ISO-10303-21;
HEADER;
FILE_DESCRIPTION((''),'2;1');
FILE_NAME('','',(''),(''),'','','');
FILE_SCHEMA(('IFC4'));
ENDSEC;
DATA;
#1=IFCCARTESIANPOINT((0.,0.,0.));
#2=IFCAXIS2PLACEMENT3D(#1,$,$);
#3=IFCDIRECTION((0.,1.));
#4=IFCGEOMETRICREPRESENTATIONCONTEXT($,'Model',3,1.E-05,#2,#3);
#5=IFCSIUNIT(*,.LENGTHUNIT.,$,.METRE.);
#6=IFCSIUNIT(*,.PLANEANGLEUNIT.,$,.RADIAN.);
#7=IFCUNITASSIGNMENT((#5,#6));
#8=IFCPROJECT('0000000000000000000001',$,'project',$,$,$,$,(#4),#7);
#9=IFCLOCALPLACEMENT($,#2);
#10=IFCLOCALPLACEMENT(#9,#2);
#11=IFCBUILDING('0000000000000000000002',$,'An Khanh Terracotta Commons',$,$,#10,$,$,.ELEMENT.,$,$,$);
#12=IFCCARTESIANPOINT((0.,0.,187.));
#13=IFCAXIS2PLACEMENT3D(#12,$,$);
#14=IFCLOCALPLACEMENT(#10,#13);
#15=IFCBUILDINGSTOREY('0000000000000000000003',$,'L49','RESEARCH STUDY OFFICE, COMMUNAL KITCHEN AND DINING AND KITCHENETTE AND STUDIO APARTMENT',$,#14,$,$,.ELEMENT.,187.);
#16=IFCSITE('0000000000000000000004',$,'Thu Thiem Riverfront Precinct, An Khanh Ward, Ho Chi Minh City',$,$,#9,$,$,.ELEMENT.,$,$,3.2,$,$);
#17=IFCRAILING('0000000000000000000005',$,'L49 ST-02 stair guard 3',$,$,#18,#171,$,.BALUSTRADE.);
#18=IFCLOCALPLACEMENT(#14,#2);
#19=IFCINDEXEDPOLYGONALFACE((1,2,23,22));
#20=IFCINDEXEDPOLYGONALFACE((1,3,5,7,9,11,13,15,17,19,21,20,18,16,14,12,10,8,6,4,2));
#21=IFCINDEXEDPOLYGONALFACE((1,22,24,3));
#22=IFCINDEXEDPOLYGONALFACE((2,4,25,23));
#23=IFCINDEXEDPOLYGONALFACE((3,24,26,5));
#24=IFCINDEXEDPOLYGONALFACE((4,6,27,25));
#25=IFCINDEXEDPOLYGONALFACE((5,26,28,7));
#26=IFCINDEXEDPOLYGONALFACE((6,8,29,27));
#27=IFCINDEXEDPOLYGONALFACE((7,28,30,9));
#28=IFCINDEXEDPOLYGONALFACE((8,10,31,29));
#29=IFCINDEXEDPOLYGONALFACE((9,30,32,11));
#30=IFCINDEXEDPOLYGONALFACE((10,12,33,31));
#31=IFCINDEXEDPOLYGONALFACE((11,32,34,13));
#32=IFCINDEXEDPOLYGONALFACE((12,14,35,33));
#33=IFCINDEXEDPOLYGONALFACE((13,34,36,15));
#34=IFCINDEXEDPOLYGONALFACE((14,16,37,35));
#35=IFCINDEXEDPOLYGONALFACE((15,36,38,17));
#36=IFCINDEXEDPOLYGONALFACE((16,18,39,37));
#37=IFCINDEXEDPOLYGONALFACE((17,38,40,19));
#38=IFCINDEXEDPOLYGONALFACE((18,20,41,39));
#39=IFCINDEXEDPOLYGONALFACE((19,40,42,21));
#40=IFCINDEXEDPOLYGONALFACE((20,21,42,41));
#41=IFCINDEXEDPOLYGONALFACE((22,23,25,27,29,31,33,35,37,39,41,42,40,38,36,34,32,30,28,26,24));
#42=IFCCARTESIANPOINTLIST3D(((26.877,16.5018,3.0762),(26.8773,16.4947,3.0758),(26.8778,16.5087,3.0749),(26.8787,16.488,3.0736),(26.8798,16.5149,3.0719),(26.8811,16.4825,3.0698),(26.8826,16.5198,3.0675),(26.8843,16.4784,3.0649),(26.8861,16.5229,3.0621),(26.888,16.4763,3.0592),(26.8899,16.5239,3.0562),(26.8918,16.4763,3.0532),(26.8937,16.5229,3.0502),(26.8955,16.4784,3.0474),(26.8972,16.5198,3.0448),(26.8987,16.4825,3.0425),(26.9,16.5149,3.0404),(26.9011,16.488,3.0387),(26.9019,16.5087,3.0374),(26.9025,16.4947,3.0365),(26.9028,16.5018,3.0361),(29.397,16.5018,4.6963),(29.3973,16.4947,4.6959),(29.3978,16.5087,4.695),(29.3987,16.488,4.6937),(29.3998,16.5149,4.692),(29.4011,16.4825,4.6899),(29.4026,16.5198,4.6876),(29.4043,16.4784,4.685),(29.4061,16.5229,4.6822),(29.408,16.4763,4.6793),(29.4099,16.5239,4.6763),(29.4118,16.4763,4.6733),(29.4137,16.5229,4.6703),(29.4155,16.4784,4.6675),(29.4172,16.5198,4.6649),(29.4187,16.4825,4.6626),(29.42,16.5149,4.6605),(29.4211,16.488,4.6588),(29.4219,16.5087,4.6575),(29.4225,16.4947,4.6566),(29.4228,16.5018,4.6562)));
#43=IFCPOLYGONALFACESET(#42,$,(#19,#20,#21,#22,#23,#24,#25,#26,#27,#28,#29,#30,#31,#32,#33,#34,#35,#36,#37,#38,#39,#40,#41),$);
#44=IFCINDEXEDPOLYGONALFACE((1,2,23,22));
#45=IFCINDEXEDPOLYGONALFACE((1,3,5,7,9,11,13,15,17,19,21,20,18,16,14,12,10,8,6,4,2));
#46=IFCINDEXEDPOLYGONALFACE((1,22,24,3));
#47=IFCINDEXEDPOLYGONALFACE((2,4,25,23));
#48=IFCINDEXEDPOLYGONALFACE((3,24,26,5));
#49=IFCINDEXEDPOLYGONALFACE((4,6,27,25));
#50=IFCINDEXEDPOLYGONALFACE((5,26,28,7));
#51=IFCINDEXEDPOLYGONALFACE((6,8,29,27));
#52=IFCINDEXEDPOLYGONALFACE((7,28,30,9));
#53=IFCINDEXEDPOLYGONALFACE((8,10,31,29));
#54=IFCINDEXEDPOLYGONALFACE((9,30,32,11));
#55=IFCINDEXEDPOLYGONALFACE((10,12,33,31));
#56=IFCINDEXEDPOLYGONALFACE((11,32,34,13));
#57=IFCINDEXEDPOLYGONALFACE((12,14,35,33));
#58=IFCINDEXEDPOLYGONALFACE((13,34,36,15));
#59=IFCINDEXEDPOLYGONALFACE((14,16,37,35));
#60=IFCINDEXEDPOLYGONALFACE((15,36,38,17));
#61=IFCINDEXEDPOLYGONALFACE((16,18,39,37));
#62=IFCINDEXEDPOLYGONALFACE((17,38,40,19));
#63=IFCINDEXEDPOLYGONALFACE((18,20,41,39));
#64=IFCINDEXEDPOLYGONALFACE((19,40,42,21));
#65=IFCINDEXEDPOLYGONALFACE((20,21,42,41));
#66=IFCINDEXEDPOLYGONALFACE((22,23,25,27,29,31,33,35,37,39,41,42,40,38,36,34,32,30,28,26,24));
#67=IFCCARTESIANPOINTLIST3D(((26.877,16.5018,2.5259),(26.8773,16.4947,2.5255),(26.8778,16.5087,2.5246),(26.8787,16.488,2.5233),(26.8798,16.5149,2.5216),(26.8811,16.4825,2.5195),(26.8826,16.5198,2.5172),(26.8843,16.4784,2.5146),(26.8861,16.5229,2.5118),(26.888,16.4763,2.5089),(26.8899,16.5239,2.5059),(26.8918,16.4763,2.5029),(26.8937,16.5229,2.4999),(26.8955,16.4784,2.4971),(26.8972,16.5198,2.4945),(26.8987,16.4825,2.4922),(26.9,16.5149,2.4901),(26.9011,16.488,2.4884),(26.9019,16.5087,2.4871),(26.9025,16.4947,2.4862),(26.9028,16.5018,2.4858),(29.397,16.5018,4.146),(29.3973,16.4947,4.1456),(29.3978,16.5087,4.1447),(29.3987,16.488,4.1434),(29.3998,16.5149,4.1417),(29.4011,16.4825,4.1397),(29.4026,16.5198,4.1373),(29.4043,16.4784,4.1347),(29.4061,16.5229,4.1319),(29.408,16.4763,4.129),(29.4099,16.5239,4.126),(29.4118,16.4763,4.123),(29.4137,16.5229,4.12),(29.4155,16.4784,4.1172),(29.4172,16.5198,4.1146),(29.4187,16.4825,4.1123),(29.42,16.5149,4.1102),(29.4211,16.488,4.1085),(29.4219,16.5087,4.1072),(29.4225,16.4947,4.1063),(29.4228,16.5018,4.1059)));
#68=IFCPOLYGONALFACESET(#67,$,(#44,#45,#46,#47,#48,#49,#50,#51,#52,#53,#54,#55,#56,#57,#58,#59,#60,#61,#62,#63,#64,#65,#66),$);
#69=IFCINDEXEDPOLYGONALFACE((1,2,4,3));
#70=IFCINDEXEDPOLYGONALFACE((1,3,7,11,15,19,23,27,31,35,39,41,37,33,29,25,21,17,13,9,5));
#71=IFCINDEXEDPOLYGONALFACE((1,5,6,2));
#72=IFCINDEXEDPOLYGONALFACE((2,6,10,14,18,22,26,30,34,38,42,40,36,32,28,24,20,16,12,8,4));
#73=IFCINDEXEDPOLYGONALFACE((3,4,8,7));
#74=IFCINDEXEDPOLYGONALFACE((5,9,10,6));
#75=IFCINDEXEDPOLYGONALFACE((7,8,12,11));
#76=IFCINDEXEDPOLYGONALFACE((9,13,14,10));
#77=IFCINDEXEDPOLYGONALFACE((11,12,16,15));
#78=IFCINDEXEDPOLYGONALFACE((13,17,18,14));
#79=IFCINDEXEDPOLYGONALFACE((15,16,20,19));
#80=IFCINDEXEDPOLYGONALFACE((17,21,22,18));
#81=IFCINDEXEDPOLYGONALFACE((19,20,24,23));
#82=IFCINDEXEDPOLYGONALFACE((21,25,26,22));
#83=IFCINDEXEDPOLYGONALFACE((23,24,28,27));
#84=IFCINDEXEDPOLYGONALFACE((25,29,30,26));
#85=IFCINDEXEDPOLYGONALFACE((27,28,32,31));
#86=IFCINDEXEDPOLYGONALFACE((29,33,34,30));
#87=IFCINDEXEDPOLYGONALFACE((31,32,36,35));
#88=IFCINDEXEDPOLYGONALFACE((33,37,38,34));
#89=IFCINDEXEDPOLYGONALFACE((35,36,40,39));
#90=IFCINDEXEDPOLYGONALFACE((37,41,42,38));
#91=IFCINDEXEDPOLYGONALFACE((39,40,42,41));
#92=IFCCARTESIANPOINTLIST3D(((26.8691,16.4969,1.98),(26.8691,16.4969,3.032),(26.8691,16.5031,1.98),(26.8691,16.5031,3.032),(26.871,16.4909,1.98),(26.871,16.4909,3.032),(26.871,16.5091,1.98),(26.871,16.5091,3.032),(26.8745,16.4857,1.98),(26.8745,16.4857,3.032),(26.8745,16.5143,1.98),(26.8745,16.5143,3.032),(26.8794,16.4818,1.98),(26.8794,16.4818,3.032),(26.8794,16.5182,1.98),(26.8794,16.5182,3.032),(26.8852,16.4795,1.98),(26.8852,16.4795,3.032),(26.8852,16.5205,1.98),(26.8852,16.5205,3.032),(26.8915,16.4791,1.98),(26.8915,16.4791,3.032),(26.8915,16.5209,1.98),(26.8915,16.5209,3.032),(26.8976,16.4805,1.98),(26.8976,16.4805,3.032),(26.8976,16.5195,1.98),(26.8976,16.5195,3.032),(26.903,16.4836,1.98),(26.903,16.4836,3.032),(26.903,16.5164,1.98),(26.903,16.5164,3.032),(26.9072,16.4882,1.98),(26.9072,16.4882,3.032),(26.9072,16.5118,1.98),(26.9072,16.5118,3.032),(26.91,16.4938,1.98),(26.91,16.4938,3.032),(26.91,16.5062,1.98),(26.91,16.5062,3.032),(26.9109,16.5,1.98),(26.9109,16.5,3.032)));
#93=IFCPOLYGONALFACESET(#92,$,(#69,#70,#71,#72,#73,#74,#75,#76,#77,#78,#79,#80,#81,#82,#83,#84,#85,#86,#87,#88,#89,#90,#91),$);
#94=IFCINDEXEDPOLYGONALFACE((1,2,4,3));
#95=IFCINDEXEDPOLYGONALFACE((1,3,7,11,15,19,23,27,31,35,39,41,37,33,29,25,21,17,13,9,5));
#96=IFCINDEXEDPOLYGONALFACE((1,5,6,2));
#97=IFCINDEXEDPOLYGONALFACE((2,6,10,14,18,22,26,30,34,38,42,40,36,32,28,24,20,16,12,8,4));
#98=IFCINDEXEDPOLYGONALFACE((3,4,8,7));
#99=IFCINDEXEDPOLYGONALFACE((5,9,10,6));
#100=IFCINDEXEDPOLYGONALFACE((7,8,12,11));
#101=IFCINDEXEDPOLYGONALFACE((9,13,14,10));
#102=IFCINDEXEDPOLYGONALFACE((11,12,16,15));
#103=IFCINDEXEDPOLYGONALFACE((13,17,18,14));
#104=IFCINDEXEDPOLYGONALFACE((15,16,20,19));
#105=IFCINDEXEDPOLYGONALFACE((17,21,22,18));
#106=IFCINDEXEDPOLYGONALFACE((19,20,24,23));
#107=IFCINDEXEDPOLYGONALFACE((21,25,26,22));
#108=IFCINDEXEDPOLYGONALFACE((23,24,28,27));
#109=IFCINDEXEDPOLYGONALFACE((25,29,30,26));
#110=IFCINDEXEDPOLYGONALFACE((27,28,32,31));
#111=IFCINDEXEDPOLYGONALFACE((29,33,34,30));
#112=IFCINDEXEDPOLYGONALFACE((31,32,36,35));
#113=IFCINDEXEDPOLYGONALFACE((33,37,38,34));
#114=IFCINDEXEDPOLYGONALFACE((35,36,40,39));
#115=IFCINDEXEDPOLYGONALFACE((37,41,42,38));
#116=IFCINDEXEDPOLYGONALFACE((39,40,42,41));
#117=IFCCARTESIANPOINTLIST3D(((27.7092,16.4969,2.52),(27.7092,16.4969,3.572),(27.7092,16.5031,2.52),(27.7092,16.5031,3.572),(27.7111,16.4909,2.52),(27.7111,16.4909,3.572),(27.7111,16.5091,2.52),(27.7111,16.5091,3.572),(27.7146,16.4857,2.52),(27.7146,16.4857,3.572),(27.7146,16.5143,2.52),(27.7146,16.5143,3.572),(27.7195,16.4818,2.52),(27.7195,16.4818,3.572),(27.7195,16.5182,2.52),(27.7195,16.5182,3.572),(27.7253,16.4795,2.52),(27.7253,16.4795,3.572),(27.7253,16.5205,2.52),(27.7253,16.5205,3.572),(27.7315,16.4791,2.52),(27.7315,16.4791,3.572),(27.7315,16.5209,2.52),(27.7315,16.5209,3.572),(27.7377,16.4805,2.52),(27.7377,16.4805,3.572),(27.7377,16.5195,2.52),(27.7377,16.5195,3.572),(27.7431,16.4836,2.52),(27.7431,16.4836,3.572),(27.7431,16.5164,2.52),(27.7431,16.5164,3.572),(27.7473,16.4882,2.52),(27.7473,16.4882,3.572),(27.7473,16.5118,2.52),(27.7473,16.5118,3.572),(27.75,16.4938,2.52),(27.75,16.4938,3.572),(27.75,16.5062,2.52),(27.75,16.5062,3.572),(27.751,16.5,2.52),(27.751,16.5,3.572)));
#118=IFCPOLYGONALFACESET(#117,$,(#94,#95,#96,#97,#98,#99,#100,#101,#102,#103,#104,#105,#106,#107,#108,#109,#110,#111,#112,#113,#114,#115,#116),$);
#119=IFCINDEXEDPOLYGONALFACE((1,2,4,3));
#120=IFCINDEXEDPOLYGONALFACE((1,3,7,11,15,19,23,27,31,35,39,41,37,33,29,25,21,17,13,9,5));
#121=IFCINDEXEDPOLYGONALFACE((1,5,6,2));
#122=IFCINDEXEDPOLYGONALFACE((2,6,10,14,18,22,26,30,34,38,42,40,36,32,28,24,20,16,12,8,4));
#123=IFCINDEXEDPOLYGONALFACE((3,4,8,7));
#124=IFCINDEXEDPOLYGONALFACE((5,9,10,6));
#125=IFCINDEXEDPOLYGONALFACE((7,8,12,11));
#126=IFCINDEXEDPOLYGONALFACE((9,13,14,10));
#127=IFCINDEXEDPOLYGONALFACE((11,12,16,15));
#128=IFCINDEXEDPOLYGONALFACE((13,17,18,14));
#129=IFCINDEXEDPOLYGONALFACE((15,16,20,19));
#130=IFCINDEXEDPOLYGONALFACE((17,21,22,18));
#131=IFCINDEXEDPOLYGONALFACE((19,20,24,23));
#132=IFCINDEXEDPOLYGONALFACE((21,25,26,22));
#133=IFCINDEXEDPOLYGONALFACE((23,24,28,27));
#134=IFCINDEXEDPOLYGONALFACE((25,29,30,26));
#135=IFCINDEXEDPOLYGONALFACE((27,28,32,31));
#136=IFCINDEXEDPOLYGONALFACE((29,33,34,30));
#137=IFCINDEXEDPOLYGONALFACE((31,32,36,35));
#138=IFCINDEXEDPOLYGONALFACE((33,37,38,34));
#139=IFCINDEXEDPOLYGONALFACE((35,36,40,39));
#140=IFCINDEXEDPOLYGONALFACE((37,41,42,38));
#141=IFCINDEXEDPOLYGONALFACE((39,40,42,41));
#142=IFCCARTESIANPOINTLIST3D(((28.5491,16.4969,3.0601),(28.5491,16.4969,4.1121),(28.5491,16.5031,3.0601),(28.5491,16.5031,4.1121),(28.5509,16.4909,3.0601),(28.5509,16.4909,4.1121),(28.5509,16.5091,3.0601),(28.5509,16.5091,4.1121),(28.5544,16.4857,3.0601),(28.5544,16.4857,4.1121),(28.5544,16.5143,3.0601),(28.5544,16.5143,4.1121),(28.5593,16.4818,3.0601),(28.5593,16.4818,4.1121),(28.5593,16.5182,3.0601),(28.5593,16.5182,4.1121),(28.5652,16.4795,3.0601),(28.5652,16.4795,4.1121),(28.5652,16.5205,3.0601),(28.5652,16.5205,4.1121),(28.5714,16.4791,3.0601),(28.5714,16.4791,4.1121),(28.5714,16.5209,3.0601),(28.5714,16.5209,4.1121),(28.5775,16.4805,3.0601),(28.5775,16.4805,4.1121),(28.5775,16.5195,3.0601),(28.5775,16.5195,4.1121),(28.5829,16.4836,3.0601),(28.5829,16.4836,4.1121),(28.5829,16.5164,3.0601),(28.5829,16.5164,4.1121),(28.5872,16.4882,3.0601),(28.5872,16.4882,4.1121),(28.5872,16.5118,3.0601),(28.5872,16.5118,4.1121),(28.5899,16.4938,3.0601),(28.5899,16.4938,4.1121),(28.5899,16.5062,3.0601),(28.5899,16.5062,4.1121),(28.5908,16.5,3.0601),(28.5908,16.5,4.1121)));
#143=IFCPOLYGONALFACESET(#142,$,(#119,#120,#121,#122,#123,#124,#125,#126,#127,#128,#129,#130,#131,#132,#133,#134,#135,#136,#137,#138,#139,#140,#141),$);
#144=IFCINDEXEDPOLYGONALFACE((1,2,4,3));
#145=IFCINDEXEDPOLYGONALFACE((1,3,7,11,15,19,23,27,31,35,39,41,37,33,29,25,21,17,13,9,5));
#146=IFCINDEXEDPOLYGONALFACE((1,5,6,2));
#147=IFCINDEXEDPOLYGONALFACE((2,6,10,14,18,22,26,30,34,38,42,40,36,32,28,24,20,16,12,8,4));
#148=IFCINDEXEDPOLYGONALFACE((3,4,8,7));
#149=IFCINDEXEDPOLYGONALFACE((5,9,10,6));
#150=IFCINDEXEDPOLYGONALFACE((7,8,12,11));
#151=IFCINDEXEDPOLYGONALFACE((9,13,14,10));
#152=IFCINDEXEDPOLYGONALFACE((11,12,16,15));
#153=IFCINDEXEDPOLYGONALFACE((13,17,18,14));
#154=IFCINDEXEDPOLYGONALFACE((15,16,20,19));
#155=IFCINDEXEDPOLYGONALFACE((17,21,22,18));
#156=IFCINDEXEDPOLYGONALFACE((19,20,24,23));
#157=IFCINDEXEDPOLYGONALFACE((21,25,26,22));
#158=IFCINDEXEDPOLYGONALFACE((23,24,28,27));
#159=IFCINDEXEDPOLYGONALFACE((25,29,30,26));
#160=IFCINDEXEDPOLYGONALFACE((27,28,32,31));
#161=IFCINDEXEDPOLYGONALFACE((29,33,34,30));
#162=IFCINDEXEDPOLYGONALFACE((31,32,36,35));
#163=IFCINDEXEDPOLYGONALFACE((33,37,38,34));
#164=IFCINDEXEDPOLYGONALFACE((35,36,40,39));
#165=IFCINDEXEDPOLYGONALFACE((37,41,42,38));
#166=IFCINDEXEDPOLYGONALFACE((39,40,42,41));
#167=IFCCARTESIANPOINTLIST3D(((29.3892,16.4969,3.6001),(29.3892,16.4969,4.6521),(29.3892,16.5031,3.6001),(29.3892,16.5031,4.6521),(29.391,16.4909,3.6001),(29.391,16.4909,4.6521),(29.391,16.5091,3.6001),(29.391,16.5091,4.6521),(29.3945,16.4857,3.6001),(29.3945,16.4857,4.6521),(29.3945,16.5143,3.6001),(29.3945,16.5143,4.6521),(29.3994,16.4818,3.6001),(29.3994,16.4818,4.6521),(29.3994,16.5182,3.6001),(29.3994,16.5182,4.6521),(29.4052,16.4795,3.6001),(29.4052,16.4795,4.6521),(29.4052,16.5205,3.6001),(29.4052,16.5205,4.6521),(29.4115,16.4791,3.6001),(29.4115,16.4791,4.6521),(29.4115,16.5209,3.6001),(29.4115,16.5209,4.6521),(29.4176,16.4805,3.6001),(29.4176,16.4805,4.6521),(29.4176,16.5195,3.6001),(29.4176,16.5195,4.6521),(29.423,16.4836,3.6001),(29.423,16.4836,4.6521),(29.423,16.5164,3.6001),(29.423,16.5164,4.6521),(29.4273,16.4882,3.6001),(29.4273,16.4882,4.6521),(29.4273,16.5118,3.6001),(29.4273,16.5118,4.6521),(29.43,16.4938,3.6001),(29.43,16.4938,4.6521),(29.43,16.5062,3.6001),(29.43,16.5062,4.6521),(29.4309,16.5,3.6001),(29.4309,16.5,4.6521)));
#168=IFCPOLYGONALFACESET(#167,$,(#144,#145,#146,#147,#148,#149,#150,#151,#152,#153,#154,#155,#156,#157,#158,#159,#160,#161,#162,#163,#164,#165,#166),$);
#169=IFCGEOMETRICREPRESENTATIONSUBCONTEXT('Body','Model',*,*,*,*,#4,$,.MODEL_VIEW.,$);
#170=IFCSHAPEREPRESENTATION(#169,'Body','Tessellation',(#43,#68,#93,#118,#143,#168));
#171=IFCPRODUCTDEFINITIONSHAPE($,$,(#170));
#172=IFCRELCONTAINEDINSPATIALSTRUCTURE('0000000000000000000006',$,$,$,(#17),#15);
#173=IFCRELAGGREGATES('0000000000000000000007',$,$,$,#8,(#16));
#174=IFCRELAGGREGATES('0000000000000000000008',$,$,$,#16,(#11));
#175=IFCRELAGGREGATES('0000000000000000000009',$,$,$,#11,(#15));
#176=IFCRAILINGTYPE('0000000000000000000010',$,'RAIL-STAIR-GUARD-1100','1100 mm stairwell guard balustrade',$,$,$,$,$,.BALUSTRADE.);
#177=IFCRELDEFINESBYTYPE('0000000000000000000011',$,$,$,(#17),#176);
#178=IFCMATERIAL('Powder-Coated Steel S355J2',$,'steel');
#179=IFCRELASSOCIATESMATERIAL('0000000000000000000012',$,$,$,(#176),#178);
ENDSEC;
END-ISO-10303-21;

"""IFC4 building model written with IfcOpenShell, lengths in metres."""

from ifc_helpers import new_model, si_unit, direction, frame, origin, origin_2d, place, context, subcontext, project, spatial, circle, extrude, material, type_object, element, save


model = new_model("IFC4")

# Units and contexts
model_context = context("Model", 3, precision=1e-05, world=origin(), true_north=direction((0.0, 1.0)))
body_context = subcontext(model_context, "Body", "Model", "MODEL_VIEW")
ifc_project = project(units=[si_unit("LENGTHUNIT", "METRE"), si_unit("PLANEANGLEUNIT", "RADIAN")], contexts=[model_context])

# Site, building, storey
site_placement = place(None, origin())
site = spatial("IfcSite", under=ifc_project, at=site_placement, Name="Thu Thiem Riverfront Precinct, An Khanh Ward, Ho Chi Minh City", CompositionType="ELEMENT", RefElevation=3.2)
building_placement = place(site_placement, origin())
building = spatial("IfcBuilding", under=site, at=building_placement, Name="An Khanh Terracotta Commons", CompositionType="ELEMENT")
storey_placement = place(building_placement, frame((0.0, 0.0, 187.0)))
storey = spatial("IfcBuildingStorey", under=building, at=storey_placement, Name="L49", Description="RESEARCH STUDY OFFICE, COMMUNAL KITCHEN AND DINING AND KITCHENETTE AND STUDIO APARTMENT", CompositionType="ELEMENT", Elevation=187.0)

# Railing
ifc_material_1 = material(Name="Powder-Coated Steel S355J2", Category="steel")
railing_type_1 = type_object("IfcRailingType", Name="RAIL-STAIR-GUARD-1100", Description="1100 mm stairwell guard balustrade", PredefinedType="BALUSTRADE", material=ifc_material_1)
railing_1_placement = place(storey_placement, frame((26.8899, 16.5, 1.98)))
element("IfcRailing", 1, at=railing_1_placement, inside=storey, type_object=railing_type_1, Name="L49 ST-02 stair guard 3", PredefinedType="BALUSTRADE", context=body_context, shape_type="SweptSolid", body=[
    extrude(circle(Radius=0.0239, at=origin_2d()), frame((0.0, 0.0, 1.0762), z_axis=(0.841163, 0.0, 0.540782), x_axis=(0.0, 1.0, 0.0)), (0.0, 0.0, 1.0), 2.9958),
    extrude(circle(Radius=0.0239, at=origin_2d()), frame((0.0, 0.0, 0.5259), z_axis=(0.841163, 0.0, 0.540782), x_axis=(0.0, 1.0, 0.0)), (0.0, 0.0, 1.0), 2.9958),
    extrude(circle(Radius=0.021, at=origin_2d()), origin(), (0.0, 0.0, 1.0), 1.052),
    extrude(circle(Radius=0.021, at=origin_2d()), frame((0.8401, 0.0, 0.54)), (0.0, 0.0, 1.0), 1.052),
    extrude(circle(Radius=0.021, at=origin_2d()), frame((1.6799, 0.0, 1.0801)), (0.0, 0.0, 1.0), 1.052),
    extrude(circle(Radius=0.021, at=origin_2d()), frame((2.52, 0.0, 1.6201)), (0.0, 0.0, 1.0), 1.052),
])

save(model, "model.ifc")
